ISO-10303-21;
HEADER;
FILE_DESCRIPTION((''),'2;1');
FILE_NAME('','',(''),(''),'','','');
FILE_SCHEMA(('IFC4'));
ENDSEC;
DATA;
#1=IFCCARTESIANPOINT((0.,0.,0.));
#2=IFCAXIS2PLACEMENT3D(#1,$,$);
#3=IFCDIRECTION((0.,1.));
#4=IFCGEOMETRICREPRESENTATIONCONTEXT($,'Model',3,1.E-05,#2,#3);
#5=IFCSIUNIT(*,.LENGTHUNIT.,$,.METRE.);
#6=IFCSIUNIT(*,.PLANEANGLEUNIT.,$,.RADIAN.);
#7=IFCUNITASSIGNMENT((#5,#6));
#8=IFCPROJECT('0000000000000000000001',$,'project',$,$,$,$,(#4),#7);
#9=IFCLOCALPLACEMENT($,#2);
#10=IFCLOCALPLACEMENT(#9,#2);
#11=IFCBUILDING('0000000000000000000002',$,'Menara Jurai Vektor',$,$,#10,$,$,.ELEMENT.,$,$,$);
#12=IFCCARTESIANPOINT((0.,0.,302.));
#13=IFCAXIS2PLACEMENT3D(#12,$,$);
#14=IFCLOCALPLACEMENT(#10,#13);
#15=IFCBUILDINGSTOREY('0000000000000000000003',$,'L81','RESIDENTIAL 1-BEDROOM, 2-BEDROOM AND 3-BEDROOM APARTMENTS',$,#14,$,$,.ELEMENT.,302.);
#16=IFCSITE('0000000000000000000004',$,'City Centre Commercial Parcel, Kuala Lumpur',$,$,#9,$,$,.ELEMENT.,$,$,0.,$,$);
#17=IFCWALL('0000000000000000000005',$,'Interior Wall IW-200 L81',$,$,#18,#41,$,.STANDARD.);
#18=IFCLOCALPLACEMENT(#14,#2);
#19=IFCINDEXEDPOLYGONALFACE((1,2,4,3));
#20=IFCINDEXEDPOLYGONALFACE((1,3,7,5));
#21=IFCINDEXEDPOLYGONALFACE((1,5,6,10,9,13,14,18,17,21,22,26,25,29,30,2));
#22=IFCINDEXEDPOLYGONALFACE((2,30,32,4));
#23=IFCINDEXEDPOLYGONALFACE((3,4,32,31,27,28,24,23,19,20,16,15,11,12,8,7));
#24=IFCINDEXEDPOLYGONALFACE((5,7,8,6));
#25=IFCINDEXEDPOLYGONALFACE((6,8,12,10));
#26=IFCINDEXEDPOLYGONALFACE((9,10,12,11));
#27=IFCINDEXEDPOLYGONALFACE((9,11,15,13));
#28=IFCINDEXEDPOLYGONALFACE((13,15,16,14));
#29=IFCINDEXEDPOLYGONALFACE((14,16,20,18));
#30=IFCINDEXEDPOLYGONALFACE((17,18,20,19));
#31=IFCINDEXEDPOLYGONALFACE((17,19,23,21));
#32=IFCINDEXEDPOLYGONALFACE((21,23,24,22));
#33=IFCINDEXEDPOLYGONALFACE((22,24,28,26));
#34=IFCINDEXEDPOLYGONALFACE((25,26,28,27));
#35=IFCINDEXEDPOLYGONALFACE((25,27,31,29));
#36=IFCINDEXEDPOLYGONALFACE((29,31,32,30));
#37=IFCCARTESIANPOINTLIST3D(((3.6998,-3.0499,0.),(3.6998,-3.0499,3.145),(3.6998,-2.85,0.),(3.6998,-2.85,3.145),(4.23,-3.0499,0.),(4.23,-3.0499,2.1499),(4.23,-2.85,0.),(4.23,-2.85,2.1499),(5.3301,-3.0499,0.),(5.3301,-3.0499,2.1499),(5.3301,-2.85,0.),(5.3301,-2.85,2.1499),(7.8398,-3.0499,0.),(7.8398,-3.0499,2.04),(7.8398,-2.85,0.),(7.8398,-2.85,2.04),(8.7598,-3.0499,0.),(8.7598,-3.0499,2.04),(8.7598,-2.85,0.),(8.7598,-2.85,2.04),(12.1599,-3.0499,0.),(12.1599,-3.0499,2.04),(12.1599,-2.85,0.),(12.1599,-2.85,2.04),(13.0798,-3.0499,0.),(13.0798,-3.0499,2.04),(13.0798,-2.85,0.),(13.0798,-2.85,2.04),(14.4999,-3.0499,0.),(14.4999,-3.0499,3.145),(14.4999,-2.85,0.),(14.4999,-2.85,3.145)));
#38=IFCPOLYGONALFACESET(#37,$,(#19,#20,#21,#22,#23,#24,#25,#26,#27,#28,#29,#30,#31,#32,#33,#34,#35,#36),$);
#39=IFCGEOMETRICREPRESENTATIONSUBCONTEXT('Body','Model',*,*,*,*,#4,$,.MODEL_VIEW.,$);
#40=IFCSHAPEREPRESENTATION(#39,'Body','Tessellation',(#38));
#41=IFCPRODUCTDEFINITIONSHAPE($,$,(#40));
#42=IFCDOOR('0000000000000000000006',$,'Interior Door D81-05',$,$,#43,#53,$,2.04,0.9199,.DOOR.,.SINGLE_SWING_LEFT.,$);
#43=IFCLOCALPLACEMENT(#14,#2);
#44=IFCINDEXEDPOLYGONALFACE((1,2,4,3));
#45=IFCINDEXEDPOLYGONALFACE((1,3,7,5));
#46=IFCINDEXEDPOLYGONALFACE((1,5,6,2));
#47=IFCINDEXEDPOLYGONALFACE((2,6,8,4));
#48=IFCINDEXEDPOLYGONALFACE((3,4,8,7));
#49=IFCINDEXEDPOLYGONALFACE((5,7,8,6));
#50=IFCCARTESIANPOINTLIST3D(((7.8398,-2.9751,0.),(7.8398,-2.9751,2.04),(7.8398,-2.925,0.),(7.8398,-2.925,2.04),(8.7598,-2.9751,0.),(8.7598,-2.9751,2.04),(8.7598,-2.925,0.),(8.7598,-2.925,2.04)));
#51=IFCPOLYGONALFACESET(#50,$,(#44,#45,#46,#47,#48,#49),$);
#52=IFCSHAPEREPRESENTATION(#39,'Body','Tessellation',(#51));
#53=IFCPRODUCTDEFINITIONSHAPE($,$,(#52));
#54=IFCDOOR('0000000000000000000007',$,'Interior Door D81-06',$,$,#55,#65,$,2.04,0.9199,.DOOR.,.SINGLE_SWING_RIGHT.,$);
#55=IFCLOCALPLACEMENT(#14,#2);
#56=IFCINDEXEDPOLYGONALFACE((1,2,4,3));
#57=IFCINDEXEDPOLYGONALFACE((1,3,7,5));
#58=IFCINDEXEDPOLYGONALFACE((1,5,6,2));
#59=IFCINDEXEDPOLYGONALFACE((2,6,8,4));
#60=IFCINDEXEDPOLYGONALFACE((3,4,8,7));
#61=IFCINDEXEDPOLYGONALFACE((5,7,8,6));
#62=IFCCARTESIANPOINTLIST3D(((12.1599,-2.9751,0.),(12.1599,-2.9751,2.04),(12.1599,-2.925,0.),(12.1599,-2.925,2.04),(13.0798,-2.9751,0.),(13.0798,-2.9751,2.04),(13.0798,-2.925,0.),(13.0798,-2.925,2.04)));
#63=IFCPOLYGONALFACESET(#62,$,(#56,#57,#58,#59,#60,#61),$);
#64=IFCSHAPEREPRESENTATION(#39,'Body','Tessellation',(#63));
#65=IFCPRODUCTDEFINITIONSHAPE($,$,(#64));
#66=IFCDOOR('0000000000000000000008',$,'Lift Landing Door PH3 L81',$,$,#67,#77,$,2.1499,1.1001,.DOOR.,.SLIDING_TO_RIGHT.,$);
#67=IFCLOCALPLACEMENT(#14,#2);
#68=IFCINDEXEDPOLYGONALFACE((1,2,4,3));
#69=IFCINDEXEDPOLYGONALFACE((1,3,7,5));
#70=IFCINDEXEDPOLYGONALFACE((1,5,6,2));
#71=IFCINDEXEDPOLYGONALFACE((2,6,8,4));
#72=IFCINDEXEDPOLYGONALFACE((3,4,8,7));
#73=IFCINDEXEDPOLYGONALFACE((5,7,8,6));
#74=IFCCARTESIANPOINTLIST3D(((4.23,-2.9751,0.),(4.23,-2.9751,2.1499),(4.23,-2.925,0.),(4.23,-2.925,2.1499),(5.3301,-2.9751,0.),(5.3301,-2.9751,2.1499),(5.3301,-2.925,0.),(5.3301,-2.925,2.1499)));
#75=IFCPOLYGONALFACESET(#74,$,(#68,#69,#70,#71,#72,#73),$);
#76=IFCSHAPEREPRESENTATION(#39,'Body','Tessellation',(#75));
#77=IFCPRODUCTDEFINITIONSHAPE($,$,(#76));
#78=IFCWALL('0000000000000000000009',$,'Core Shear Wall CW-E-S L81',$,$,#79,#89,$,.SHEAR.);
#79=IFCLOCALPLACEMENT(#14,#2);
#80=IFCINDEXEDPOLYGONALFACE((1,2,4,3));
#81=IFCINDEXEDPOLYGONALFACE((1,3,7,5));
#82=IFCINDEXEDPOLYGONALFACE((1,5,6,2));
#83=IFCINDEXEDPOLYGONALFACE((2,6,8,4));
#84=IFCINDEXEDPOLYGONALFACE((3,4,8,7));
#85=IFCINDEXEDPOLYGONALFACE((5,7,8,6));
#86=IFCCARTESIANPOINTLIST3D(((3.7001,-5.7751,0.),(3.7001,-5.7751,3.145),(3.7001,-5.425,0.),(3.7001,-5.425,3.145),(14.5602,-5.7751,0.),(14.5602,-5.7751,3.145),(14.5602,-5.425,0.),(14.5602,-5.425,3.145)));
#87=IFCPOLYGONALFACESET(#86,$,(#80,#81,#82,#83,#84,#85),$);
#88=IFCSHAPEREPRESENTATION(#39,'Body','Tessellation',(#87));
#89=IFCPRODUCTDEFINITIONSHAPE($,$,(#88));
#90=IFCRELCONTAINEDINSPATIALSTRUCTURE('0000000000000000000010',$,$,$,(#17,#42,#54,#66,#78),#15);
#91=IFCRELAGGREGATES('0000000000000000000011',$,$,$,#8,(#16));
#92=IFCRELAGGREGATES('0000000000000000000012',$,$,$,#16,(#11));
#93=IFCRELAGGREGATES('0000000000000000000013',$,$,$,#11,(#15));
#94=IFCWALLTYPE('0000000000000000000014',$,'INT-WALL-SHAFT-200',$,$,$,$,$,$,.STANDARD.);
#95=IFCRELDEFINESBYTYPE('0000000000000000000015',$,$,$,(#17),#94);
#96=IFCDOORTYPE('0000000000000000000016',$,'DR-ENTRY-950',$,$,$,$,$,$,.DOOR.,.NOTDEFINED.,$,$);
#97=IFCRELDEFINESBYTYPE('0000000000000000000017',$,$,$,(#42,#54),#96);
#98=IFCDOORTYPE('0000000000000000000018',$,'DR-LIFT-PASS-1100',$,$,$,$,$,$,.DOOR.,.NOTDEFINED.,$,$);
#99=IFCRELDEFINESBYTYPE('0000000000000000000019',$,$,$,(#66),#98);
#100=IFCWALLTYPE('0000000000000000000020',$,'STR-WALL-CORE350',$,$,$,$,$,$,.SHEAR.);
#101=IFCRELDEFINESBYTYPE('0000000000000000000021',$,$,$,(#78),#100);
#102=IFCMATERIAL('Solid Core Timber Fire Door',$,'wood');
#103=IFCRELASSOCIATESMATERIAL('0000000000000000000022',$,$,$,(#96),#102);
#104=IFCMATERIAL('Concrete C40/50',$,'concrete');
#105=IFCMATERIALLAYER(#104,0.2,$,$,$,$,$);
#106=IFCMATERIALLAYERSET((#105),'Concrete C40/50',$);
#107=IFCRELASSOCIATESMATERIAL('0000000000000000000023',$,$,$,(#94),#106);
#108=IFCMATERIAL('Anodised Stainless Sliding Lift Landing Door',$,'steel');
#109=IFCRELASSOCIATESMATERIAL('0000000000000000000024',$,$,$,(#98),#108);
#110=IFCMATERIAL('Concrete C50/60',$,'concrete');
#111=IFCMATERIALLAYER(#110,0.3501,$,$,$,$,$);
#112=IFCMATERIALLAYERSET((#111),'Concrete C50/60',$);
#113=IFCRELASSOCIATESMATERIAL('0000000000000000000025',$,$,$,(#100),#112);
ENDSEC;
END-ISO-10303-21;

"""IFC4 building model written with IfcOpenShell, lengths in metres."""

from ifc_helpers import new_model, si_unit, direction, frame, frame_2d, origin, place, context, subcontext, project, spatial, rectangle, extrude, material, layer, layer_set, type_object, element, fill, save


model = new_model("IFC4")

# Units and contexts
model_context = context("Model", 3, precision=1e-05, world=origin(), true_north=direction((0.0, 1.0)))
body_context = subcontext(model_context, "Body", "Model", "MODEL_VIEW")
ifc_project = project(units=[si_unit("LENGTHUNIT", "METRE"), si_unit("PLANEANGLEUNIT", "RADIAN")], contexts=[model_context])

# Site, building, storey
site_placement = place(None, origin())
site = spatial("IfcSite", under=ifc_project, at=site_placement, Name="City Centre Commercial Parcel, Kuala Lumpur", CompositionType="ELEMENT", RefElevation=0.0)
building_placement = place(site_placement, origin())
building = spatial("IfcBuilding", under=site, at=building_placement, Name="Menara Jurai Vektor", CompositionType="ELEMENT")
storey_placement = place(building_placement, frame((0.0, 0.0, 302.0)))
storey = spatial("IfcBuildingStorey", under=building, at=storey_placement, Name="L81", Description="RESIDENTIAL 1-BEDROOM, 2-BEDROOM AND 3-BEDROOM APARTMENTS", CompositionType="ELEMENT", Elevation=302.0)

# Shared definitions
ifc_material_1 = material(Name="Concrete C50/60", Category="concrete")

# Shared definitions
ifc_material_2 = material(Name="Concrete C40/50", Category="concrete")

# Shared definitions
ifc_material_3 = material(Name="Solid Core Timber Fire Door", Category="wood")
door_type_1 = type_object("IfcDoorType", Name="DR-ENTRY-950", OperationType="NOTDEFINED", PredefinedType="DOOR", material=ifc_material_3)

# Shared definitions
ifc_layer_1 = layer(ifc_material_2, 0.2)
ifc_layer_set_1 = layer_set([ifc_layer_1], Name="Concrete C40/50")
wall_type_1 = type_object("IfcWallType", Name="INT-WALL-SHAFT-200", PredefinedType="STANDARD", material=ifc_layer_set_1)

# Wall, openings, doors
wall_1_placement = place(storey_placement, frame((3.7, -2.95, 0.0), z_axis=(0.0, 0.0, 1.0), x_axis=(1.0, 0.0, 0.0)))
wall_1 = element("IfcWall", 1, at=wall_1_placement, inside=storey, type_object=wall_type_1, Name="Interior Wall IW-200 L81", PredefinedType="STANDARD", context=body_context, shape_type="SweptSolid", body=[
    extrude(rectangle(XDim=10.8, YDim=0.2, at=frame_2d((5.3999, 0.0))), origin(), (0.0, 0.0, 1.0), 3.145),
])
opening_1_placement = place(wall_1_placement, frame((0.53, 0.0, 0.0)))
opening_1 = element("IfcOpeningElement", 2, at=opening_1_placement, cuts=wall_1, PredefinedType="OPENING", context=body_context, shape_type="SweptSolid", body=[
    extrude(rectangle(XDim=1.1001, YDim=2.1499, at=frame_2d((0.55, 1.075))), frame((0.0, 0.1099, 0.0), z_axis=(0.0, -1.0, 0.0), x_axis=(1.0, 0.0, 0.0)), (0.0, 0.0, 1.0), 0.22),
])
opening_2_placement = place(wall_1_placement, frame((4.1399, 0.0, 0.0)))
opening_2 = element("IfcOpeningElement", 3, at=opening_2_placement, cuts=wall_1, PredefinedType="OPENING", context=body_context, shape_type="SweptSolid", body=[
    extrude(rectangle(XDim=0.9199, YDim=2.04, at=frame_2d((0.46, 1.02))), frame((0.0, 0.1099, 0.0), z_axis=(0.0, -1.0, 0.0), x_axis=(1.0, 0.0, 0.0)), (0.0, 0.0, 1.0), 0.22),
])
opening_3_placement = place(wall_1_placement, frame((8.46, 0.0, 0.0)))
opening_3 = element("IfcOpeningElement", 4, at=opening_3_placement, cuts=wall_1, PredefinedType="OPENING", context=body_context, shape_type="SweptSolid", body=[
    extrude(rectangle(XDim=0.9199, YDim=2.04, at=frame_2d((0.46, 1.02))), frame((0.0, 0.1099, 0.0), z_axis=(0.0, -1.0, 0.0), x_axis=(1.0, 0.0, 0.0)), (0.0, 0.0, 1.0), 0.22),
])
door_1_placement = place(opening_2_placement, origin())
door_1 = element("IfcDoor", 5, at=door_1_placement, inside=storey, type_object=door_type_1, Name="Interior Door D81-05", OperationType="SINGLE_SWING_LEFT", OverallHeight=2.04, OverallWidth=0.9199, PredefinedType="DOOR", context=body_context, shape_type="SweptSolid", body=[
    extrude(rectangle(XDim=0.9199, YDim=2.04, at=frame_2d((0.46, 1.02))), frame((0.0, 0.0249, 0.0), z_axis=(0.0, -1.0, 0.0), x_axis=(1.0, 0.0, 0.0)), (0.0, 0.0, 1.0), 0.05),
])
fill(opening_2, door_1)
door_2_placement = place(opening_3_placement, origin())
door_2 = element("IfcDoor", 6, at=door_2_placement, inside=storey, type_object=door_type_1, Name="Interior Door D81-06", OperationType="SINGLE_SWING_RIGHT", OverallHeight=2.04, OverallWidth=0.9199, PredefinedType="DOOR", context=body_context, shape_type="SweptSolid", body=[
    extrude(rectangle(XDim=0.9199, YDim=2.04, at=frame_2d((0.46, 1.02))), frame((0.0, 0.0249, 0.0), z_axis=(0.0, -1.0, 0.0), x_axis=(1.0, 0.0, 0.0)), (0.0, 0.0, 1.0), 0.05),
])
fill(opening_3, door_2)
ifc_material_4 = material(Name="Anodised Stainless Sliding Lift Landing Door", Category="steel")
door_type_2 = type_object("IfcDoorType", Name="DR-LIFT-PASS-1100", OperationType="NOTDEFINED", PredefinedType="DOOR", material=ifc_material_4)
door_3_placement = place(opening_1_placement, origin())
door_3 = element("IfcDoor", 7, at=door_3_placement, inside=storey, type_object=door_type_2, Name="Lift Landing Door PH3 L81", OperationType="SLIDING_TO_RIGHT", OverallHeight=2.1499, OverallWidth=1.1001, PredefinedType="DOOR", context=body_context, shape_type="SweptSolid", body=[
    extrude(rectangle(XDim=1.1001, YDim=2.1499, at=frame_2d((0.55, 1.075))), frame((0.0, 0.0249, 0.0), z_axis=(0.0, -1.0, 0.0), x_axis=(1.0, 0.0, 0.0)), (0.0, 0.0, 1.0), 0.05),
])
fill(opening_1, door_3)

# Wall
ifc_layer_2 = layer(ifc_material_1, 0.3501)
ifc_layer_set_2 = layer_set([ifc_layer_2], Name="Concrete C50/60")
wall_type_2 = type_object("IfcWallType", Name="STR-WALL-CORE350", PredefinedType="SHEAR", material=ifc_layer_set_2)
wall_2_placement = place(storey_placement, frame((3.7, -5.6001, 0.0), z_axis=(0.0, 0.0, 1.0), x_axis=(1.0, 0.0, 0.0)))
element("IfcWall", 8, at=wall_2_placement, inside=storey, type_object=wall_type_2, Name="Core Shear Wall CW-E-S L81", PredefinedType="SHEAR", context=body_context, shape_type="SweptSolid", body=[
    extrude(rectangle(XDim=10.8601, YDim=0.3501, at=frame_2d((5.4302, 0.0))), origin(), (0.0, 0.0, 1.0), 3.145),
])

save(model, "model.ifc")
